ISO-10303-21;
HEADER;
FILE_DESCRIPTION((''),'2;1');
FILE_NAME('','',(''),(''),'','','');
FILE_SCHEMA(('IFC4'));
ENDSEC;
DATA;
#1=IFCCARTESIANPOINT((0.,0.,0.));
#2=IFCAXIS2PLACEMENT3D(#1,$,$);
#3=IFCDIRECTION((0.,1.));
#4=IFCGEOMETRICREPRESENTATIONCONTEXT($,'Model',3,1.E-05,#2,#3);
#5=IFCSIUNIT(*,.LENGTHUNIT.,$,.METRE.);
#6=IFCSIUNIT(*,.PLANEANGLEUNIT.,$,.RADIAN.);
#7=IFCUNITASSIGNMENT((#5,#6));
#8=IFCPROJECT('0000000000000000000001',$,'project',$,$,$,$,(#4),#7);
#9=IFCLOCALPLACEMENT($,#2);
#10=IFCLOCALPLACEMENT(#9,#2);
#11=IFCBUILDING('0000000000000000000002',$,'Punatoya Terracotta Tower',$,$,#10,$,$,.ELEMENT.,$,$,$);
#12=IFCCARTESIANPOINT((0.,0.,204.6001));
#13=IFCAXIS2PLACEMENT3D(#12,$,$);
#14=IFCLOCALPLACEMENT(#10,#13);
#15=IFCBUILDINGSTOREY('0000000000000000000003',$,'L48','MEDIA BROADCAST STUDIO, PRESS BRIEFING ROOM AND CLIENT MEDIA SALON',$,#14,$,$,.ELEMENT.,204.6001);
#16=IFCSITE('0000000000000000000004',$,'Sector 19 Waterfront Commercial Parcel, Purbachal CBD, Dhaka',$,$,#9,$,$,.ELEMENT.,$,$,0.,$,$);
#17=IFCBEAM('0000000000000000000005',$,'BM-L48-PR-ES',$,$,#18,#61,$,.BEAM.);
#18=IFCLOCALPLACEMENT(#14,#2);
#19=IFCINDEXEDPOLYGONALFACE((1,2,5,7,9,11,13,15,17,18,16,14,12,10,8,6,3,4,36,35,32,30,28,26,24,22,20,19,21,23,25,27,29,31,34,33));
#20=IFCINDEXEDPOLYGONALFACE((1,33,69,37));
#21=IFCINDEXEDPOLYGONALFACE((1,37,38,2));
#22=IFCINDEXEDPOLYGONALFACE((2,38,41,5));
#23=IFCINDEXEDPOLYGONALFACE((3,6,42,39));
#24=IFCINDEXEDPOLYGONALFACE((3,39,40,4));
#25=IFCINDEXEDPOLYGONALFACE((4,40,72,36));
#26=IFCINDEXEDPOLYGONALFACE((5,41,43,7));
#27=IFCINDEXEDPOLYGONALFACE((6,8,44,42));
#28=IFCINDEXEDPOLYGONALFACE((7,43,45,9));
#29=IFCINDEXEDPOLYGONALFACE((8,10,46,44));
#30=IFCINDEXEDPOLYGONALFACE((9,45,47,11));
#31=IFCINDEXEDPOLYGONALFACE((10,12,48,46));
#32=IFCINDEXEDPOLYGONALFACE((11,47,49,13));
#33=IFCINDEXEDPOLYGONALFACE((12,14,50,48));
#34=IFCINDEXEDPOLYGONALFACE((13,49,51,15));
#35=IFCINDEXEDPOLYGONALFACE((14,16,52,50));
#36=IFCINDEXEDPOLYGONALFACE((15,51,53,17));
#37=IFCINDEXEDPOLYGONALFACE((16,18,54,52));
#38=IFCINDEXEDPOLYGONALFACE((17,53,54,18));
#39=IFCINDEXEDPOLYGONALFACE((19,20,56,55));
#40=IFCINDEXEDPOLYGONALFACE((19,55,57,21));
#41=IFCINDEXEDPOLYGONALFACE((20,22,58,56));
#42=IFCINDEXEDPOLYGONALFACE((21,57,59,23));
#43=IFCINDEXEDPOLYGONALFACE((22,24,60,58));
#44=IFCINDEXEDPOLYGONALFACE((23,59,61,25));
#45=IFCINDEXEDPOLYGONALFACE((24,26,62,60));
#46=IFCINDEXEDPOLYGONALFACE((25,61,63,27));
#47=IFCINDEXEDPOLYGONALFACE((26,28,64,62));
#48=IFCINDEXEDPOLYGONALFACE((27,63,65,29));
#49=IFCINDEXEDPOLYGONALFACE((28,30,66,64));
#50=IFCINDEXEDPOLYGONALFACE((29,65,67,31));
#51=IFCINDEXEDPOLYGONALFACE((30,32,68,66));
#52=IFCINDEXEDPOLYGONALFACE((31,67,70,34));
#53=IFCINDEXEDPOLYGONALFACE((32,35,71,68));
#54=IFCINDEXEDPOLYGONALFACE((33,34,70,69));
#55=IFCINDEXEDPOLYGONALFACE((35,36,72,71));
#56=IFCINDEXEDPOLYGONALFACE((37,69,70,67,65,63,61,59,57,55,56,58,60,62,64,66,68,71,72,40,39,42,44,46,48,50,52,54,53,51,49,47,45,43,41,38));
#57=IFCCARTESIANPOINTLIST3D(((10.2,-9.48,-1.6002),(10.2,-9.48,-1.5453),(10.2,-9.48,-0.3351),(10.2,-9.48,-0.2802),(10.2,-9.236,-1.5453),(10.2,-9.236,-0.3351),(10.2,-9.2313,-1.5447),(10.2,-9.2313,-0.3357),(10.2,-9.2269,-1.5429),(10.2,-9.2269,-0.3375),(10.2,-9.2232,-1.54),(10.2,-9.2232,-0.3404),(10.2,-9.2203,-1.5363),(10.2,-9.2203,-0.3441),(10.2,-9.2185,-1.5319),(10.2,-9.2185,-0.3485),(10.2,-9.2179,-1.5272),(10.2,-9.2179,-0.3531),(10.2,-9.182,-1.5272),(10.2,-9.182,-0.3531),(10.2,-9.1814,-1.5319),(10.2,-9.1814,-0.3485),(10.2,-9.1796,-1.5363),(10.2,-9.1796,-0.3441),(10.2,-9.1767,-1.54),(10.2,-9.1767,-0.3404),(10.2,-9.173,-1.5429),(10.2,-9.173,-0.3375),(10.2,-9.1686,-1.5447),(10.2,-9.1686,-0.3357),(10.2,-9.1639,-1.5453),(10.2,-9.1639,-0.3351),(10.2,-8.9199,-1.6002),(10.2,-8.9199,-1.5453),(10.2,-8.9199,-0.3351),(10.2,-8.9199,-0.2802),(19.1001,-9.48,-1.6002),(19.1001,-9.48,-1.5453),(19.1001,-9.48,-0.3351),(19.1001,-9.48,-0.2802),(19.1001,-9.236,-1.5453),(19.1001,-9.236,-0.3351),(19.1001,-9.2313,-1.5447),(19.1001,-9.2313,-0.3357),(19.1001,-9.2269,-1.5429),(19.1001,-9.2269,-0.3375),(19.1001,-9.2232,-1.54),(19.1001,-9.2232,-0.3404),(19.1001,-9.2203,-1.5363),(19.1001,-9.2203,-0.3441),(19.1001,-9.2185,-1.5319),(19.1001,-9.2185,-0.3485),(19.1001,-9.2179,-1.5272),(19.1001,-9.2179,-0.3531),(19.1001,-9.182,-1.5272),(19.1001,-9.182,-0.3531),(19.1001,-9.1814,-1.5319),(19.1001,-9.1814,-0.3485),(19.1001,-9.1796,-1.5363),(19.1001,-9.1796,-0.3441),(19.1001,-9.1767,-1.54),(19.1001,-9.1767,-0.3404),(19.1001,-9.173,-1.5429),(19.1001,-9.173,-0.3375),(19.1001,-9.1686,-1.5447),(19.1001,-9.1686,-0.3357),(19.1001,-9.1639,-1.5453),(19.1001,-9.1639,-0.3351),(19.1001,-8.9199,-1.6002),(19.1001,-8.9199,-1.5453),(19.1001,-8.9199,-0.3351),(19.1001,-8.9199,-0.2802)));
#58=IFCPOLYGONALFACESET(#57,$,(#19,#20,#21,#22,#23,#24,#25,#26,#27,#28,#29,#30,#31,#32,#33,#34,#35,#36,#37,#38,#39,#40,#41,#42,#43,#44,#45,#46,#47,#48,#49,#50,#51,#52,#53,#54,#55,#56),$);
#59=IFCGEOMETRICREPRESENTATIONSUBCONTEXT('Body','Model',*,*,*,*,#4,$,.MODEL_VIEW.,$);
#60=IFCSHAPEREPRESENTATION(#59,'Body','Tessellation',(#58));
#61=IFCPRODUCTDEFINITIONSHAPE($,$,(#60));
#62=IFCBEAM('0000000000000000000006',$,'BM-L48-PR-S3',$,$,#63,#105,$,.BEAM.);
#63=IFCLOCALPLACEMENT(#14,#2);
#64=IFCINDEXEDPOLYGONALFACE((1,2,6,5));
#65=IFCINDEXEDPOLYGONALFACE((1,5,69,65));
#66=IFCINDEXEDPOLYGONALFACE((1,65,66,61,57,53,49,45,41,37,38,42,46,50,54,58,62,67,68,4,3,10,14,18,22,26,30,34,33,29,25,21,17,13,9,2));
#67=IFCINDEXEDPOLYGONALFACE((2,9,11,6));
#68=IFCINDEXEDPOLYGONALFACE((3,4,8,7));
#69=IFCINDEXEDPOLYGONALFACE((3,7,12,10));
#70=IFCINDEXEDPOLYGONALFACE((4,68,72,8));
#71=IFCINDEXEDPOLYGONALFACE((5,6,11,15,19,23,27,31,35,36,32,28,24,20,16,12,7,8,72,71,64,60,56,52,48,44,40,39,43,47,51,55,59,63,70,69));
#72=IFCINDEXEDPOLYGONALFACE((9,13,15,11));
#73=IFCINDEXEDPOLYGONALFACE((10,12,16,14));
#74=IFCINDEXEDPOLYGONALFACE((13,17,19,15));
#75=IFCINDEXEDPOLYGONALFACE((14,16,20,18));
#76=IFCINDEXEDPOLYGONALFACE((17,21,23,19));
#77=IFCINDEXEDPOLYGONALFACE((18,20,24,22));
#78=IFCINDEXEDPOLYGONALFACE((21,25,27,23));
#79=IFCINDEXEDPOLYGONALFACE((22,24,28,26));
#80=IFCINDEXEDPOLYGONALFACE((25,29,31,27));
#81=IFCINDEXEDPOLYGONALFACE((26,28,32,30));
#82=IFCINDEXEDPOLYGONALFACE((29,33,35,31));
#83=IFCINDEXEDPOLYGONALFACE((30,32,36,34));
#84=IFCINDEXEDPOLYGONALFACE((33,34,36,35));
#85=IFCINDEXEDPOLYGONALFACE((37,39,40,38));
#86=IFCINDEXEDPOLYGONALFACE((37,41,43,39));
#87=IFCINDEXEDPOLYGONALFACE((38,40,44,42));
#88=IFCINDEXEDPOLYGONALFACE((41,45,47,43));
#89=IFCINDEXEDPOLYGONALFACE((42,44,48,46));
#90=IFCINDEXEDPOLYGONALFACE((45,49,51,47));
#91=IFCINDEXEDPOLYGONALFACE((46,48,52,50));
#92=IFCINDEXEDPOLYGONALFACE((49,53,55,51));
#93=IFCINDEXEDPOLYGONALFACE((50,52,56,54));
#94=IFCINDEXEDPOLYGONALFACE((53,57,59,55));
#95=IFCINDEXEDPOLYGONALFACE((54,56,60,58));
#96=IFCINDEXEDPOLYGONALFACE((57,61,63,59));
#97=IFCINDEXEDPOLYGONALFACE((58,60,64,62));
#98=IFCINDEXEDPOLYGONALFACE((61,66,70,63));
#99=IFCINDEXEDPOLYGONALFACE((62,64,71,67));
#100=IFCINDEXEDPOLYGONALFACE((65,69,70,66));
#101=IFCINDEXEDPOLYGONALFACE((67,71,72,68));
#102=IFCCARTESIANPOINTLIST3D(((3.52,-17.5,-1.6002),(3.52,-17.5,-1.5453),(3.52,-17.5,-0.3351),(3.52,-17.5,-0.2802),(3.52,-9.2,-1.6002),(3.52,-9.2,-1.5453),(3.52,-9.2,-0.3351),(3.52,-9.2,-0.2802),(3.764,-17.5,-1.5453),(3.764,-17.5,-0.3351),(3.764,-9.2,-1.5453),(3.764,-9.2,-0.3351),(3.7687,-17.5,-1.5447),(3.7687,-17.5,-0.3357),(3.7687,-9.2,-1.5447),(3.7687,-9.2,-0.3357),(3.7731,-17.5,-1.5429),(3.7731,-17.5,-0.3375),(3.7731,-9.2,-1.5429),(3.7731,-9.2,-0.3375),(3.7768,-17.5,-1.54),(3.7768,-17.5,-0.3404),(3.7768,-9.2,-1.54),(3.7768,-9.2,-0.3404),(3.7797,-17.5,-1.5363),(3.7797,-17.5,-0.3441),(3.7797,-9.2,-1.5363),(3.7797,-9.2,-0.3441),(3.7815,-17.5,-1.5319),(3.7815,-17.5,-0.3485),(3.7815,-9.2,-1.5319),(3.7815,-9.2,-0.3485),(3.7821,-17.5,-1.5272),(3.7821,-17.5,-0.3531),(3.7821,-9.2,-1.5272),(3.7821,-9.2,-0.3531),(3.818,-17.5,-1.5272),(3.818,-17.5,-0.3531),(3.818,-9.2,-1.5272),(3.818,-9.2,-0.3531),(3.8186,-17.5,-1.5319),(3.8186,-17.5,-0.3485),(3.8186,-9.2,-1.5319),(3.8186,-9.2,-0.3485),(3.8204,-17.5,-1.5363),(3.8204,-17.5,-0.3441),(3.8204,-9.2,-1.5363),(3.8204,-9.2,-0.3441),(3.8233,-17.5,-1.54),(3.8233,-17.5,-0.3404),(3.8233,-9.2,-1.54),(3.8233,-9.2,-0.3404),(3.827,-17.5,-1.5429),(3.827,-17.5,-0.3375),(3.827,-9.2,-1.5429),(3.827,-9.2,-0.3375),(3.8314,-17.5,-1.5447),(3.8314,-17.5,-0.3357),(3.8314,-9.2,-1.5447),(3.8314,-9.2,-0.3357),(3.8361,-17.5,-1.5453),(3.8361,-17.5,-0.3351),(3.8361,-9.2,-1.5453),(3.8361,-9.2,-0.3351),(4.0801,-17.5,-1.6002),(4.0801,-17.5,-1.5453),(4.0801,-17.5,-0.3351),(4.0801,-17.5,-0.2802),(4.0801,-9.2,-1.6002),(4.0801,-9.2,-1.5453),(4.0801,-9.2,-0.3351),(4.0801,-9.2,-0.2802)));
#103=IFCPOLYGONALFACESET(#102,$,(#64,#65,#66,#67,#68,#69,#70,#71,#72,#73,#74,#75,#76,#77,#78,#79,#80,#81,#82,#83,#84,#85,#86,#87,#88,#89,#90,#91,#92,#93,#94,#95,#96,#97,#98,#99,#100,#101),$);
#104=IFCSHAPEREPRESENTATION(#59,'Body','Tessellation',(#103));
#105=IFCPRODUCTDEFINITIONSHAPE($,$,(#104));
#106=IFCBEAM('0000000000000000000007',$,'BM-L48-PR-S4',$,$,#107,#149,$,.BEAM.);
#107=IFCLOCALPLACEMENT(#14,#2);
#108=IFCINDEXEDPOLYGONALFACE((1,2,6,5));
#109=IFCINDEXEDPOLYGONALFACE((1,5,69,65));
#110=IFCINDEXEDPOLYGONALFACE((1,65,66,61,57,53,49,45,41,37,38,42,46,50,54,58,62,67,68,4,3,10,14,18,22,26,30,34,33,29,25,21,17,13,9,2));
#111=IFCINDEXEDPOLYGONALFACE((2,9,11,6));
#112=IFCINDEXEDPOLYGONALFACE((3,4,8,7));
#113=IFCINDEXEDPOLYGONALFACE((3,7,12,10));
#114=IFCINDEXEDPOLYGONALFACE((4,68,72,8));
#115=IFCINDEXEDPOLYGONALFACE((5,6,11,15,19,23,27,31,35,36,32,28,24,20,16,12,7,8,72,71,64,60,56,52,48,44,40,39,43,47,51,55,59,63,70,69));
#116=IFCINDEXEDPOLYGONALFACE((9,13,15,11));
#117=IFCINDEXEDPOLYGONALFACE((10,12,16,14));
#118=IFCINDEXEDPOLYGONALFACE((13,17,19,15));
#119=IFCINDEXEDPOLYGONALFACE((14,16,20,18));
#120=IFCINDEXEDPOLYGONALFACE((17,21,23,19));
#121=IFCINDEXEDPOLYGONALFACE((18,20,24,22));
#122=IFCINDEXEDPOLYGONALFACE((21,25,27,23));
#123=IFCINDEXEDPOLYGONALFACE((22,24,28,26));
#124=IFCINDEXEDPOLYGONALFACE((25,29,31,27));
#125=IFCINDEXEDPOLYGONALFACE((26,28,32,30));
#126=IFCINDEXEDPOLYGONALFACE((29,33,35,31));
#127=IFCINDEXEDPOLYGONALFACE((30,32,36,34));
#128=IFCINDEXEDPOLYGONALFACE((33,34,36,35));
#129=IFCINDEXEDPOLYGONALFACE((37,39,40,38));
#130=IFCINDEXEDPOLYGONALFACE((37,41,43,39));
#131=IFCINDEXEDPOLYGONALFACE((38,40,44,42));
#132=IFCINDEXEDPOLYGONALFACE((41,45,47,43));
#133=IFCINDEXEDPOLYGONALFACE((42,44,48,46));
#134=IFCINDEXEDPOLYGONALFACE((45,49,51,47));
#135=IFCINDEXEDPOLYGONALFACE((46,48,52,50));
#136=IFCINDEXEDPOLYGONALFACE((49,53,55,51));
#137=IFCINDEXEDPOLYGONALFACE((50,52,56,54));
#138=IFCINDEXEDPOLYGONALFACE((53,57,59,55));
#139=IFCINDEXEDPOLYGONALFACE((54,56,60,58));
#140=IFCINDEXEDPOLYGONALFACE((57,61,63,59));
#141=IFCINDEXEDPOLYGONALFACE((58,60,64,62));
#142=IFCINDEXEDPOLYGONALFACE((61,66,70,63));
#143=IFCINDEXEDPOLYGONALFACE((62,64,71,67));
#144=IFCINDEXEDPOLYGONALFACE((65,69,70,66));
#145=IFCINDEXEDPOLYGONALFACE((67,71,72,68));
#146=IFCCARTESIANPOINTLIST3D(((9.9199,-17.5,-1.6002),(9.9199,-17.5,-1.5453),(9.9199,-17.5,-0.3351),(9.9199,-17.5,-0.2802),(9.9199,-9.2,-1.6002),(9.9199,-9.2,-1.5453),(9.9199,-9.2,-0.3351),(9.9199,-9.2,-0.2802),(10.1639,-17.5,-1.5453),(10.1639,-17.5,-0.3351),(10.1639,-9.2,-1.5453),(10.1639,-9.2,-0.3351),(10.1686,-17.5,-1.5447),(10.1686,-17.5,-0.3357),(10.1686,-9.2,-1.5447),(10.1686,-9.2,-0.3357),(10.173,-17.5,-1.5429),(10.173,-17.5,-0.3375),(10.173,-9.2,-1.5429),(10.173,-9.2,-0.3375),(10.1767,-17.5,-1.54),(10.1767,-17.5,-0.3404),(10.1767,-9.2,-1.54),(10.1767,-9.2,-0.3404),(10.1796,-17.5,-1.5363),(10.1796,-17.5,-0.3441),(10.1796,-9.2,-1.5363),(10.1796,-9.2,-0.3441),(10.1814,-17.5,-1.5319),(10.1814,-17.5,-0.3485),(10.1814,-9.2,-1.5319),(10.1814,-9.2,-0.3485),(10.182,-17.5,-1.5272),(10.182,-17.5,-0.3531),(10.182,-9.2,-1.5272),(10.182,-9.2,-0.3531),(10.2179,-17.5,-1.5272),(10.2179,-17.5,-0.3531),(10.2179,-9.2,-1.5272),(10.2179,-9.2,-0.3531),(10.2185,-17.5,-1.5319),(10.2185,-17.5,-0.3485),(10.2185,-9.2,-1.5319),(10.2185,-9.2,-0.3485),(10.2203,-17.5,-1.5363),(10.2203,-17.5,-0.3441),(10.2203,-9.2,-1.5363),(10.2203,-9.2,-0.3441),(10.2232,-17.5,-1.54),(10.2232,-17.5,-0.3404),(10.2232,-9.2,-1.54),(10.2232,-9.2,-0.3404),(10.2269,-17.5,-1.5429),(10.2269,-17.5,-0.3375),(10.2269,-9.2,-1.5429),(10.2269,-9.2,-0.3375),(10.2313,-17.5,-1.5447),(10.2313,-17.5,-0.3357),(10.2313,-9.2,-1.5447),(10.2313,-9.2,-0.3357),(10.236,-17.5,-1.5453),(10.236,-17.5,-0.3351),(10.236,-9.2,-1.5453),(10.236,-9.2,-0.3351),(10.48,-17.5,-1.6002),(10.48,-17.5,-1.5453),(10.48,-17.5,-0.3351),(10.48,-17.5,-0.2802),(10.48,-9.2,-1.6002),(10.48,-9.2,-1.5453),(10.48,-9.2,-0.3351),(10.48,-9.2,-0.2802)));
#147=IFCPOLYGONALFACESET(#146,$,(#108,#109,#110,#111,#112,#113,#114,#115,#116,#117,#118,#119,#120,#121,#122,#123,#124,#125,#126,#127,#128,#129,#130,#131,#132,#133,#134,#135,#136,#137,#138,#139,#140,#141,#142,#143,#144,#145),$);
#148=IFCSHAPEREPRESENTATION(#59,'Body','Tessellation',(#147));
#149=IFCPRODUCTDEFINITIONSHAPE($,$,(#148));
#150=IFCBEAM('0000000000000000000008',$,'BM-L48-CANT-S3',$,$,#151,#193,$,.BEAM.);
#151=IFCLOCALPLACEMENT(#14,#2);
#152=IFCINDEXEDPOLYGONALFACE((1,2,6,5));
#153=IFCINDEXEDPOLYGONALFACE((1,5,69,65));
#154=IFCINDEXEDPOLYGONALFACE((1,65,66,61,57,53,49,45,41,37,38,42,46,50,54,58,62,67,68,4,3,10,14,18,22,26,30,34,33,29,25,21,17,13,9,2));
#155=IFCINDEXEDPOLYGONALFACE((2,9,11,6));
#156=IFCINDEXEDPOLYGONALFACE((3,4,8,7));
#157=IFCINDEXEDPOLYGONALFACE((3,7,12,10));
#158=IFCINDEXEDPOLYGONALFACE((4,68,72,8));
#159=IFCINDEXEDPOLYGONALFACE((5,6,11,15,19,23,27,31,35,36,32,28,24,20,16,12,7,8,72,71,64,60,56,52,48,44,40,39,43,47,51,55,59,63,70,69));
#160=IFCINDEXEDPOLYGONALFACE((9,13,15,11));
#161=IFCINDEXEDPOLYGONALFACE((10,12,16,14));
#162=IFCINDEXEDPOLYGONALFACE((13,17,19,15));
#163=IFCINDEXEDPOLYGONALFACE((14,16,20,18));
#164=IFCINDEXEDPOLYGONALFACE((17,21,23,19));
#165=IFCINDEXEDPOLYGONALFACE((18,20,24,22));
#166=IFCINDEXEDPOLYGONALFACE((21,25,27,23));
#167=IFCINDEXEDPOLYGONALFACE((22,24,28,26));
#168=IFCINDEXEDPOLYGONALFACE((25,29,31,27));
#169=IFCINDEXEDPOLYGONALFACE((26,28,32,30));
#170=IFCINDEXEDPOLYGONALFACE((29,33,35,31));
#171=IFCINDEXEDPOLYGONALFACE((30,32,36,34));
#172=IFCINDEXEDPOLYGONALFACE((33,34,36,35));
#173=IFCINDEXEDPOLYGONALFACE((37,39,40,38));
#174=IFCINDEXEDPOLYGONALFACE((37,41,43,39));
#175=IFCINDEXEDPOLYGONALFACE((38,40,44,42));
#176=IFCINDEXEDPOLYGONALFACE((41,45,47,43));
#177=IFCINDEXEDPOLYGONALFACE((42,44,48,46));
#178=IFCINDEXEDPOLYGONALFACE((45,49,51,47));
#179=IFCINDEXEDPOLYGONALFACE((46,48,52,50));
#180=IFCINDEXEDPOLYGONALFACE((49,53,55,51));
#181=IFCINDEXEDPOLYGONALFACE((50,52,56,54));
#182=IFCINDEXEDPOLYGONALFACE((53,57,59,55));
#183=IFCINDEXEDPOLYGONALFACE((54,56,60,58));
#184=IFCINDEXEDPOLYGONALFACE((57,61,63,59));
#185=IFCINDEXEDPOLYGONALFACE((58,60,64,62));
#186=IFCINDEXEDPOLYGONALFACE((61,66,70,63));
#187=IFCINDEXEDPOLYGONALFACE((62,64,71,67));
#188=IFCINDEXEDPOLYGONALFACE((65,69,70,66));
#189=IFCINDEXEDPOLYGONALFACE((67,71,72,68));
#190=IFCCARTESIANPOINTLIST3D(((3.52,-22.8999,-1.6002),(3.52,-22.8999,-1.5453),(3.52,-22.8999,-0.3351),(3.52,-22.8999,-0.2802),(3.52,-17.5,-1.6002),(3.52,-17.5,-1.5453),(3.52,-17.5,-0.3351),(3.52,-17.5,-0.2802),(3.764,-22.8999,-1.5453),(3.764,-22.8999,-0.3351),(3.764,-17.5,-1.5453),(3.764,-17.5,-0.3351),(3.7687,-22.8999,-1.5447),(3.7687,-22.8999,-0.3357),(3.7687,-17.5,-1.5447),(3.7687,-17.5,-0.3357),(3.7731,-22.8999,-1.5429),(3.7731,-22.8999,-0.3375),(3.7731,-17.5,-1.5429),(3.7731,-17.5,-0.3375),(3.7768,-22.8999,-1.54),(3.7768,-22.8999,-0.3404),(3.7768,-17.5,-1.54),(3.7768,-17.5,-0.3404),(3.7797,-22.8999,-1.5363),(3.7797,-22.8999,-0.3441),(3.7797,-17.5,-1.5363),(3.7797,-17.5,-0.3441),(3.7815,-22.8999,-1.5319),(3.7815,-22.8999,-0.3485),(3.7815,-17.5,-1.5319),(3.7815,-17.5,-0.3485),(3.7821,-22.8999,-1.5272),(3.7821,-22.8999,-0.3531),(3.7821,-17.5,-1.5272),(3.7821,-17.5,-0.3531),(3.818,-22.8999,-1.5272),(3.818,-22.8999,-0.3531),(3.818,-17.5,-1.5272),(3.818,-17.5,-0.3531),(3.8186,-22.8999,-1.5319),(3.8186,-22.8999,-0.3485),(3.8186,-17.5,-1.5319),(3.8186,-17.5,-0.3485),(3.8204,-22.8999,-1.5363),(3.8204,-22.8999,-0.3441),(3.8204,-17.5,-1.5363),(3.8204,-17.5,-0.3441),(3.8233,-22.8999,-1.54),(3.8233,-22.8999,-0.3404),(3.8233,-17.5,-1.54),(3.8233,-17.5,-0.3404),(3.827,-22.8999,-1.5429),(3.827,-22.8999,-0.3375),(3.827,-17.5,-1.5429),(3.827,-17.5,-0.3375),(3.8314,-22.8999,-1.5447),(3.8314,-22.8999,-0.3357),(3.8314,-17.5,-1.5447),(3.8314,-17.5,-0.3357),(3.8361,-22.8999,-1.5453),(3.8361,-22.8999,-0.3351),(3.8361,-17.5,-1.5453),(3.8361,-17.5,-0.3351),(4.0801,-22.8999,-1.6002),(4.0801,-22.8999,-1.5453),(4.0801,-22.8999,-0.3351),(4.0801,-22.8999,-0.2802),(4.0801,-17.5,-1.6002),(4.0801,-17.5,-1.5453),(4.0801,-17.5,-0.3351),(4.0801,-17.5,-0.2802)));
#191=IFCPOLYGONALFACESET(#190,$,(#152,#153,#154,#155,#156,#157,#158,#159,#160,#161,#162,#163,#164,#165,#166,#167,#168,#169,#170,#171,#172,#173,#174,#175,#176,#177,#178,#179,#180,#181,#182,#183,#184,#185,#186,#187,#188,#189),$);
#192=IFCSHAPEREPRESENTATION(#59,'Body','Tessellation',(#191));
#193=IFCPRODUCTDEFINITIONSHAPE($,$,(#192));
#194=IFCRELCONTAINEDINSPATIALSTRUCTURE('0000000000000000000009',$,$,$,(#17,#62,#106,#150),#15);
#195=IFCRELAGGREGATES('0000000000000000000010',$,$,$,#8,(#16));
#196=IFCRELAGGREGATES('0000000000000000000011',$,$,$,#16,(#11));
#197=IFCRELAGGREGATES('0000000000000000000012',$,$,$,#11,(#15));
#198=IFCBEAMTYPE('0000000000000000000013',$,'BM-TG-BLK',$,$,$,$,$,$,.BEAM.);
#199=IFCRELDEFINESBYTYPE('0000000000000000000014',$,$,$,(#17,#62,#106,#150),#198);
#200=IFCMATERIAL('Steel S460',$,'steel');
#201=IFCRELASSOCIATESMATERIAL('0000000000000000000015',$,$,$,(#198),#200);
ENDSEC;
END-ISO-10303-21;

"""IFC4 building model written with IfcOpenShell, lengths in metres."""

from ifc_helpers import new_model, si_unit, direction, frame, origin, origin_2d, place, context, subcontext, project, spatial, i_section, extrude, material, material_profile, profile_set, type_object, element, save


model = new_model("IFC4")

# Units and contexts
model_context = context("Model", 3, precision=1e-05, world=origin(), true_north=direction((0.0, 1.0)))
body_context = subcontext(model_context, "Body", "Model", "MODEL_VIEW")
ifc_project = project(units=[si_unit("LENGTHUNIT", "METRE"), si_unit("PLANEANGLEUNIT", "RADIAN")], contexts=[model_context])

# Site, building, storey
site_placement = place(None, origin())
site = spatial("IfcSite", under=ifc_project, at=site_placement, Name="Sector 19 Waterfront Commercial Parcel, Purbachal CBD, Dhaka", CompositionType="ELEMENT", RefElevation=0.0)
building_placement = place(site_placement, origin())
building = spatial("IfcBuilding", under=site, at=building_placement, Name="Punatoya Terracotta Tower", CompositionType="ELEMENT")
storey_placement = place(building_placement, frame((0.0, 0.0, 204.6001)))
storey = spatial("IfcBuildingStorey", under=building, at=storey_placement, Name="L48", Description="MEDIA BROADCAST STUDIO, PRESS BRIEFING ROOM AND CLIENT MEDIA SALON", CompositionType="ELEMENT", Elevation=204.6001)

# Shared definitions
ifc_material_1 = material(Name="Steel S460", Category="steel")

# Beams
ifc_material_profile_1 = material_profile(ifc_material_1, i_section(OverallWidth=0.5601, OverallDepth=1.3201, WebThickness=0.0359, FlangeThickness=0.0549, FilletRadius=0.0181, at=origin_2d()))
ifc_profile_set_1 = profile_set([ifc_material_profile_1], Name="Steel S460")
beam_type_1 = type_object("IfcBeamType", Name="BM-TG-BLK", PredefinedType="BEAM", material=ifc_profile_set_1)
beam_1_placement = place(storey_placement, frame((10.2, -9.2, -0.9402), z_axis=(1.0, 0.0, 0.0), x_axis=(0.0, 1.0, 0.0)))
element("IfcBeam", 1, at=beam_1_placement, inside=storey, type_object=beam_type_1, Name="BM-L48-PR-ES", PredefinedType="BEAM", context=body_context, shape_type="SweptSolid", body=[
    extrude(i_section(OverallWidth=0.5601, OverallDepth=1.3201, WebThickness=0.0359, FlangeThickness=0.0549, FilletRadius=0.0181, at=origin_2d()), origin(), (0.0, 0.0, 1.0), 8.9001),
])
for number, where, z_axis, x_axis, name in (
    (2, (3.8, -17.5, -0.9402), (0.0, 1.0, 0.0), (-1.0, 0.0, 0.0), "BM-L48-PR-S3"),
    (3, (10.2, -17.5, -0.9402), (0.0, 1.0, 0.0), (-1.0, 0.0, 0.0), "BM-L48-PR-S4"),
):
    element("IfcBeam", number, at=place(storey_placement, frame(where, z_axis=z_axis, x_axis=x_axis)), inside=storey, type_object=beam_type_1, Name=name, PredefinedType="BEAM", context=body_context, shape_type="SweptSolid", body=[
        extrude(i_section(OverallWidth=0.5601, OverallDepth=1.3201, WebThickness=0.0359, FlangeThickness=0.0549, FilletRadius=0.0181, at=origin_2d()), origin(), (0.0, 0.0, 1.0), 8.3),
    ])
beam_2_placement = place(storey_placement, frame((3.8, -22.8999, -0.9402), z_axis=(0.0, 1.0, 0.0), x_axis=(-1.0, 0.0, 0.0)))
element("IfcBeam", 4, at=beam_2_placement, inside=storey, type_object=beam_type_1, Name="BM-L48-CANT-S3", PredefinedType="BEAM", context=body_context, shape_type="SweptSolid", body=[
    extrude(i_section(OverallWidth=0.5601, OverallDepth=1.3201, WebThickness=0.0359, FlangeThickness=0.0549, FilletRadius=0.0181, at=origin_2d()), origin(), (0.0, 0.0, 1.0), 5.3999),
])

save(model, "model.ifc")
